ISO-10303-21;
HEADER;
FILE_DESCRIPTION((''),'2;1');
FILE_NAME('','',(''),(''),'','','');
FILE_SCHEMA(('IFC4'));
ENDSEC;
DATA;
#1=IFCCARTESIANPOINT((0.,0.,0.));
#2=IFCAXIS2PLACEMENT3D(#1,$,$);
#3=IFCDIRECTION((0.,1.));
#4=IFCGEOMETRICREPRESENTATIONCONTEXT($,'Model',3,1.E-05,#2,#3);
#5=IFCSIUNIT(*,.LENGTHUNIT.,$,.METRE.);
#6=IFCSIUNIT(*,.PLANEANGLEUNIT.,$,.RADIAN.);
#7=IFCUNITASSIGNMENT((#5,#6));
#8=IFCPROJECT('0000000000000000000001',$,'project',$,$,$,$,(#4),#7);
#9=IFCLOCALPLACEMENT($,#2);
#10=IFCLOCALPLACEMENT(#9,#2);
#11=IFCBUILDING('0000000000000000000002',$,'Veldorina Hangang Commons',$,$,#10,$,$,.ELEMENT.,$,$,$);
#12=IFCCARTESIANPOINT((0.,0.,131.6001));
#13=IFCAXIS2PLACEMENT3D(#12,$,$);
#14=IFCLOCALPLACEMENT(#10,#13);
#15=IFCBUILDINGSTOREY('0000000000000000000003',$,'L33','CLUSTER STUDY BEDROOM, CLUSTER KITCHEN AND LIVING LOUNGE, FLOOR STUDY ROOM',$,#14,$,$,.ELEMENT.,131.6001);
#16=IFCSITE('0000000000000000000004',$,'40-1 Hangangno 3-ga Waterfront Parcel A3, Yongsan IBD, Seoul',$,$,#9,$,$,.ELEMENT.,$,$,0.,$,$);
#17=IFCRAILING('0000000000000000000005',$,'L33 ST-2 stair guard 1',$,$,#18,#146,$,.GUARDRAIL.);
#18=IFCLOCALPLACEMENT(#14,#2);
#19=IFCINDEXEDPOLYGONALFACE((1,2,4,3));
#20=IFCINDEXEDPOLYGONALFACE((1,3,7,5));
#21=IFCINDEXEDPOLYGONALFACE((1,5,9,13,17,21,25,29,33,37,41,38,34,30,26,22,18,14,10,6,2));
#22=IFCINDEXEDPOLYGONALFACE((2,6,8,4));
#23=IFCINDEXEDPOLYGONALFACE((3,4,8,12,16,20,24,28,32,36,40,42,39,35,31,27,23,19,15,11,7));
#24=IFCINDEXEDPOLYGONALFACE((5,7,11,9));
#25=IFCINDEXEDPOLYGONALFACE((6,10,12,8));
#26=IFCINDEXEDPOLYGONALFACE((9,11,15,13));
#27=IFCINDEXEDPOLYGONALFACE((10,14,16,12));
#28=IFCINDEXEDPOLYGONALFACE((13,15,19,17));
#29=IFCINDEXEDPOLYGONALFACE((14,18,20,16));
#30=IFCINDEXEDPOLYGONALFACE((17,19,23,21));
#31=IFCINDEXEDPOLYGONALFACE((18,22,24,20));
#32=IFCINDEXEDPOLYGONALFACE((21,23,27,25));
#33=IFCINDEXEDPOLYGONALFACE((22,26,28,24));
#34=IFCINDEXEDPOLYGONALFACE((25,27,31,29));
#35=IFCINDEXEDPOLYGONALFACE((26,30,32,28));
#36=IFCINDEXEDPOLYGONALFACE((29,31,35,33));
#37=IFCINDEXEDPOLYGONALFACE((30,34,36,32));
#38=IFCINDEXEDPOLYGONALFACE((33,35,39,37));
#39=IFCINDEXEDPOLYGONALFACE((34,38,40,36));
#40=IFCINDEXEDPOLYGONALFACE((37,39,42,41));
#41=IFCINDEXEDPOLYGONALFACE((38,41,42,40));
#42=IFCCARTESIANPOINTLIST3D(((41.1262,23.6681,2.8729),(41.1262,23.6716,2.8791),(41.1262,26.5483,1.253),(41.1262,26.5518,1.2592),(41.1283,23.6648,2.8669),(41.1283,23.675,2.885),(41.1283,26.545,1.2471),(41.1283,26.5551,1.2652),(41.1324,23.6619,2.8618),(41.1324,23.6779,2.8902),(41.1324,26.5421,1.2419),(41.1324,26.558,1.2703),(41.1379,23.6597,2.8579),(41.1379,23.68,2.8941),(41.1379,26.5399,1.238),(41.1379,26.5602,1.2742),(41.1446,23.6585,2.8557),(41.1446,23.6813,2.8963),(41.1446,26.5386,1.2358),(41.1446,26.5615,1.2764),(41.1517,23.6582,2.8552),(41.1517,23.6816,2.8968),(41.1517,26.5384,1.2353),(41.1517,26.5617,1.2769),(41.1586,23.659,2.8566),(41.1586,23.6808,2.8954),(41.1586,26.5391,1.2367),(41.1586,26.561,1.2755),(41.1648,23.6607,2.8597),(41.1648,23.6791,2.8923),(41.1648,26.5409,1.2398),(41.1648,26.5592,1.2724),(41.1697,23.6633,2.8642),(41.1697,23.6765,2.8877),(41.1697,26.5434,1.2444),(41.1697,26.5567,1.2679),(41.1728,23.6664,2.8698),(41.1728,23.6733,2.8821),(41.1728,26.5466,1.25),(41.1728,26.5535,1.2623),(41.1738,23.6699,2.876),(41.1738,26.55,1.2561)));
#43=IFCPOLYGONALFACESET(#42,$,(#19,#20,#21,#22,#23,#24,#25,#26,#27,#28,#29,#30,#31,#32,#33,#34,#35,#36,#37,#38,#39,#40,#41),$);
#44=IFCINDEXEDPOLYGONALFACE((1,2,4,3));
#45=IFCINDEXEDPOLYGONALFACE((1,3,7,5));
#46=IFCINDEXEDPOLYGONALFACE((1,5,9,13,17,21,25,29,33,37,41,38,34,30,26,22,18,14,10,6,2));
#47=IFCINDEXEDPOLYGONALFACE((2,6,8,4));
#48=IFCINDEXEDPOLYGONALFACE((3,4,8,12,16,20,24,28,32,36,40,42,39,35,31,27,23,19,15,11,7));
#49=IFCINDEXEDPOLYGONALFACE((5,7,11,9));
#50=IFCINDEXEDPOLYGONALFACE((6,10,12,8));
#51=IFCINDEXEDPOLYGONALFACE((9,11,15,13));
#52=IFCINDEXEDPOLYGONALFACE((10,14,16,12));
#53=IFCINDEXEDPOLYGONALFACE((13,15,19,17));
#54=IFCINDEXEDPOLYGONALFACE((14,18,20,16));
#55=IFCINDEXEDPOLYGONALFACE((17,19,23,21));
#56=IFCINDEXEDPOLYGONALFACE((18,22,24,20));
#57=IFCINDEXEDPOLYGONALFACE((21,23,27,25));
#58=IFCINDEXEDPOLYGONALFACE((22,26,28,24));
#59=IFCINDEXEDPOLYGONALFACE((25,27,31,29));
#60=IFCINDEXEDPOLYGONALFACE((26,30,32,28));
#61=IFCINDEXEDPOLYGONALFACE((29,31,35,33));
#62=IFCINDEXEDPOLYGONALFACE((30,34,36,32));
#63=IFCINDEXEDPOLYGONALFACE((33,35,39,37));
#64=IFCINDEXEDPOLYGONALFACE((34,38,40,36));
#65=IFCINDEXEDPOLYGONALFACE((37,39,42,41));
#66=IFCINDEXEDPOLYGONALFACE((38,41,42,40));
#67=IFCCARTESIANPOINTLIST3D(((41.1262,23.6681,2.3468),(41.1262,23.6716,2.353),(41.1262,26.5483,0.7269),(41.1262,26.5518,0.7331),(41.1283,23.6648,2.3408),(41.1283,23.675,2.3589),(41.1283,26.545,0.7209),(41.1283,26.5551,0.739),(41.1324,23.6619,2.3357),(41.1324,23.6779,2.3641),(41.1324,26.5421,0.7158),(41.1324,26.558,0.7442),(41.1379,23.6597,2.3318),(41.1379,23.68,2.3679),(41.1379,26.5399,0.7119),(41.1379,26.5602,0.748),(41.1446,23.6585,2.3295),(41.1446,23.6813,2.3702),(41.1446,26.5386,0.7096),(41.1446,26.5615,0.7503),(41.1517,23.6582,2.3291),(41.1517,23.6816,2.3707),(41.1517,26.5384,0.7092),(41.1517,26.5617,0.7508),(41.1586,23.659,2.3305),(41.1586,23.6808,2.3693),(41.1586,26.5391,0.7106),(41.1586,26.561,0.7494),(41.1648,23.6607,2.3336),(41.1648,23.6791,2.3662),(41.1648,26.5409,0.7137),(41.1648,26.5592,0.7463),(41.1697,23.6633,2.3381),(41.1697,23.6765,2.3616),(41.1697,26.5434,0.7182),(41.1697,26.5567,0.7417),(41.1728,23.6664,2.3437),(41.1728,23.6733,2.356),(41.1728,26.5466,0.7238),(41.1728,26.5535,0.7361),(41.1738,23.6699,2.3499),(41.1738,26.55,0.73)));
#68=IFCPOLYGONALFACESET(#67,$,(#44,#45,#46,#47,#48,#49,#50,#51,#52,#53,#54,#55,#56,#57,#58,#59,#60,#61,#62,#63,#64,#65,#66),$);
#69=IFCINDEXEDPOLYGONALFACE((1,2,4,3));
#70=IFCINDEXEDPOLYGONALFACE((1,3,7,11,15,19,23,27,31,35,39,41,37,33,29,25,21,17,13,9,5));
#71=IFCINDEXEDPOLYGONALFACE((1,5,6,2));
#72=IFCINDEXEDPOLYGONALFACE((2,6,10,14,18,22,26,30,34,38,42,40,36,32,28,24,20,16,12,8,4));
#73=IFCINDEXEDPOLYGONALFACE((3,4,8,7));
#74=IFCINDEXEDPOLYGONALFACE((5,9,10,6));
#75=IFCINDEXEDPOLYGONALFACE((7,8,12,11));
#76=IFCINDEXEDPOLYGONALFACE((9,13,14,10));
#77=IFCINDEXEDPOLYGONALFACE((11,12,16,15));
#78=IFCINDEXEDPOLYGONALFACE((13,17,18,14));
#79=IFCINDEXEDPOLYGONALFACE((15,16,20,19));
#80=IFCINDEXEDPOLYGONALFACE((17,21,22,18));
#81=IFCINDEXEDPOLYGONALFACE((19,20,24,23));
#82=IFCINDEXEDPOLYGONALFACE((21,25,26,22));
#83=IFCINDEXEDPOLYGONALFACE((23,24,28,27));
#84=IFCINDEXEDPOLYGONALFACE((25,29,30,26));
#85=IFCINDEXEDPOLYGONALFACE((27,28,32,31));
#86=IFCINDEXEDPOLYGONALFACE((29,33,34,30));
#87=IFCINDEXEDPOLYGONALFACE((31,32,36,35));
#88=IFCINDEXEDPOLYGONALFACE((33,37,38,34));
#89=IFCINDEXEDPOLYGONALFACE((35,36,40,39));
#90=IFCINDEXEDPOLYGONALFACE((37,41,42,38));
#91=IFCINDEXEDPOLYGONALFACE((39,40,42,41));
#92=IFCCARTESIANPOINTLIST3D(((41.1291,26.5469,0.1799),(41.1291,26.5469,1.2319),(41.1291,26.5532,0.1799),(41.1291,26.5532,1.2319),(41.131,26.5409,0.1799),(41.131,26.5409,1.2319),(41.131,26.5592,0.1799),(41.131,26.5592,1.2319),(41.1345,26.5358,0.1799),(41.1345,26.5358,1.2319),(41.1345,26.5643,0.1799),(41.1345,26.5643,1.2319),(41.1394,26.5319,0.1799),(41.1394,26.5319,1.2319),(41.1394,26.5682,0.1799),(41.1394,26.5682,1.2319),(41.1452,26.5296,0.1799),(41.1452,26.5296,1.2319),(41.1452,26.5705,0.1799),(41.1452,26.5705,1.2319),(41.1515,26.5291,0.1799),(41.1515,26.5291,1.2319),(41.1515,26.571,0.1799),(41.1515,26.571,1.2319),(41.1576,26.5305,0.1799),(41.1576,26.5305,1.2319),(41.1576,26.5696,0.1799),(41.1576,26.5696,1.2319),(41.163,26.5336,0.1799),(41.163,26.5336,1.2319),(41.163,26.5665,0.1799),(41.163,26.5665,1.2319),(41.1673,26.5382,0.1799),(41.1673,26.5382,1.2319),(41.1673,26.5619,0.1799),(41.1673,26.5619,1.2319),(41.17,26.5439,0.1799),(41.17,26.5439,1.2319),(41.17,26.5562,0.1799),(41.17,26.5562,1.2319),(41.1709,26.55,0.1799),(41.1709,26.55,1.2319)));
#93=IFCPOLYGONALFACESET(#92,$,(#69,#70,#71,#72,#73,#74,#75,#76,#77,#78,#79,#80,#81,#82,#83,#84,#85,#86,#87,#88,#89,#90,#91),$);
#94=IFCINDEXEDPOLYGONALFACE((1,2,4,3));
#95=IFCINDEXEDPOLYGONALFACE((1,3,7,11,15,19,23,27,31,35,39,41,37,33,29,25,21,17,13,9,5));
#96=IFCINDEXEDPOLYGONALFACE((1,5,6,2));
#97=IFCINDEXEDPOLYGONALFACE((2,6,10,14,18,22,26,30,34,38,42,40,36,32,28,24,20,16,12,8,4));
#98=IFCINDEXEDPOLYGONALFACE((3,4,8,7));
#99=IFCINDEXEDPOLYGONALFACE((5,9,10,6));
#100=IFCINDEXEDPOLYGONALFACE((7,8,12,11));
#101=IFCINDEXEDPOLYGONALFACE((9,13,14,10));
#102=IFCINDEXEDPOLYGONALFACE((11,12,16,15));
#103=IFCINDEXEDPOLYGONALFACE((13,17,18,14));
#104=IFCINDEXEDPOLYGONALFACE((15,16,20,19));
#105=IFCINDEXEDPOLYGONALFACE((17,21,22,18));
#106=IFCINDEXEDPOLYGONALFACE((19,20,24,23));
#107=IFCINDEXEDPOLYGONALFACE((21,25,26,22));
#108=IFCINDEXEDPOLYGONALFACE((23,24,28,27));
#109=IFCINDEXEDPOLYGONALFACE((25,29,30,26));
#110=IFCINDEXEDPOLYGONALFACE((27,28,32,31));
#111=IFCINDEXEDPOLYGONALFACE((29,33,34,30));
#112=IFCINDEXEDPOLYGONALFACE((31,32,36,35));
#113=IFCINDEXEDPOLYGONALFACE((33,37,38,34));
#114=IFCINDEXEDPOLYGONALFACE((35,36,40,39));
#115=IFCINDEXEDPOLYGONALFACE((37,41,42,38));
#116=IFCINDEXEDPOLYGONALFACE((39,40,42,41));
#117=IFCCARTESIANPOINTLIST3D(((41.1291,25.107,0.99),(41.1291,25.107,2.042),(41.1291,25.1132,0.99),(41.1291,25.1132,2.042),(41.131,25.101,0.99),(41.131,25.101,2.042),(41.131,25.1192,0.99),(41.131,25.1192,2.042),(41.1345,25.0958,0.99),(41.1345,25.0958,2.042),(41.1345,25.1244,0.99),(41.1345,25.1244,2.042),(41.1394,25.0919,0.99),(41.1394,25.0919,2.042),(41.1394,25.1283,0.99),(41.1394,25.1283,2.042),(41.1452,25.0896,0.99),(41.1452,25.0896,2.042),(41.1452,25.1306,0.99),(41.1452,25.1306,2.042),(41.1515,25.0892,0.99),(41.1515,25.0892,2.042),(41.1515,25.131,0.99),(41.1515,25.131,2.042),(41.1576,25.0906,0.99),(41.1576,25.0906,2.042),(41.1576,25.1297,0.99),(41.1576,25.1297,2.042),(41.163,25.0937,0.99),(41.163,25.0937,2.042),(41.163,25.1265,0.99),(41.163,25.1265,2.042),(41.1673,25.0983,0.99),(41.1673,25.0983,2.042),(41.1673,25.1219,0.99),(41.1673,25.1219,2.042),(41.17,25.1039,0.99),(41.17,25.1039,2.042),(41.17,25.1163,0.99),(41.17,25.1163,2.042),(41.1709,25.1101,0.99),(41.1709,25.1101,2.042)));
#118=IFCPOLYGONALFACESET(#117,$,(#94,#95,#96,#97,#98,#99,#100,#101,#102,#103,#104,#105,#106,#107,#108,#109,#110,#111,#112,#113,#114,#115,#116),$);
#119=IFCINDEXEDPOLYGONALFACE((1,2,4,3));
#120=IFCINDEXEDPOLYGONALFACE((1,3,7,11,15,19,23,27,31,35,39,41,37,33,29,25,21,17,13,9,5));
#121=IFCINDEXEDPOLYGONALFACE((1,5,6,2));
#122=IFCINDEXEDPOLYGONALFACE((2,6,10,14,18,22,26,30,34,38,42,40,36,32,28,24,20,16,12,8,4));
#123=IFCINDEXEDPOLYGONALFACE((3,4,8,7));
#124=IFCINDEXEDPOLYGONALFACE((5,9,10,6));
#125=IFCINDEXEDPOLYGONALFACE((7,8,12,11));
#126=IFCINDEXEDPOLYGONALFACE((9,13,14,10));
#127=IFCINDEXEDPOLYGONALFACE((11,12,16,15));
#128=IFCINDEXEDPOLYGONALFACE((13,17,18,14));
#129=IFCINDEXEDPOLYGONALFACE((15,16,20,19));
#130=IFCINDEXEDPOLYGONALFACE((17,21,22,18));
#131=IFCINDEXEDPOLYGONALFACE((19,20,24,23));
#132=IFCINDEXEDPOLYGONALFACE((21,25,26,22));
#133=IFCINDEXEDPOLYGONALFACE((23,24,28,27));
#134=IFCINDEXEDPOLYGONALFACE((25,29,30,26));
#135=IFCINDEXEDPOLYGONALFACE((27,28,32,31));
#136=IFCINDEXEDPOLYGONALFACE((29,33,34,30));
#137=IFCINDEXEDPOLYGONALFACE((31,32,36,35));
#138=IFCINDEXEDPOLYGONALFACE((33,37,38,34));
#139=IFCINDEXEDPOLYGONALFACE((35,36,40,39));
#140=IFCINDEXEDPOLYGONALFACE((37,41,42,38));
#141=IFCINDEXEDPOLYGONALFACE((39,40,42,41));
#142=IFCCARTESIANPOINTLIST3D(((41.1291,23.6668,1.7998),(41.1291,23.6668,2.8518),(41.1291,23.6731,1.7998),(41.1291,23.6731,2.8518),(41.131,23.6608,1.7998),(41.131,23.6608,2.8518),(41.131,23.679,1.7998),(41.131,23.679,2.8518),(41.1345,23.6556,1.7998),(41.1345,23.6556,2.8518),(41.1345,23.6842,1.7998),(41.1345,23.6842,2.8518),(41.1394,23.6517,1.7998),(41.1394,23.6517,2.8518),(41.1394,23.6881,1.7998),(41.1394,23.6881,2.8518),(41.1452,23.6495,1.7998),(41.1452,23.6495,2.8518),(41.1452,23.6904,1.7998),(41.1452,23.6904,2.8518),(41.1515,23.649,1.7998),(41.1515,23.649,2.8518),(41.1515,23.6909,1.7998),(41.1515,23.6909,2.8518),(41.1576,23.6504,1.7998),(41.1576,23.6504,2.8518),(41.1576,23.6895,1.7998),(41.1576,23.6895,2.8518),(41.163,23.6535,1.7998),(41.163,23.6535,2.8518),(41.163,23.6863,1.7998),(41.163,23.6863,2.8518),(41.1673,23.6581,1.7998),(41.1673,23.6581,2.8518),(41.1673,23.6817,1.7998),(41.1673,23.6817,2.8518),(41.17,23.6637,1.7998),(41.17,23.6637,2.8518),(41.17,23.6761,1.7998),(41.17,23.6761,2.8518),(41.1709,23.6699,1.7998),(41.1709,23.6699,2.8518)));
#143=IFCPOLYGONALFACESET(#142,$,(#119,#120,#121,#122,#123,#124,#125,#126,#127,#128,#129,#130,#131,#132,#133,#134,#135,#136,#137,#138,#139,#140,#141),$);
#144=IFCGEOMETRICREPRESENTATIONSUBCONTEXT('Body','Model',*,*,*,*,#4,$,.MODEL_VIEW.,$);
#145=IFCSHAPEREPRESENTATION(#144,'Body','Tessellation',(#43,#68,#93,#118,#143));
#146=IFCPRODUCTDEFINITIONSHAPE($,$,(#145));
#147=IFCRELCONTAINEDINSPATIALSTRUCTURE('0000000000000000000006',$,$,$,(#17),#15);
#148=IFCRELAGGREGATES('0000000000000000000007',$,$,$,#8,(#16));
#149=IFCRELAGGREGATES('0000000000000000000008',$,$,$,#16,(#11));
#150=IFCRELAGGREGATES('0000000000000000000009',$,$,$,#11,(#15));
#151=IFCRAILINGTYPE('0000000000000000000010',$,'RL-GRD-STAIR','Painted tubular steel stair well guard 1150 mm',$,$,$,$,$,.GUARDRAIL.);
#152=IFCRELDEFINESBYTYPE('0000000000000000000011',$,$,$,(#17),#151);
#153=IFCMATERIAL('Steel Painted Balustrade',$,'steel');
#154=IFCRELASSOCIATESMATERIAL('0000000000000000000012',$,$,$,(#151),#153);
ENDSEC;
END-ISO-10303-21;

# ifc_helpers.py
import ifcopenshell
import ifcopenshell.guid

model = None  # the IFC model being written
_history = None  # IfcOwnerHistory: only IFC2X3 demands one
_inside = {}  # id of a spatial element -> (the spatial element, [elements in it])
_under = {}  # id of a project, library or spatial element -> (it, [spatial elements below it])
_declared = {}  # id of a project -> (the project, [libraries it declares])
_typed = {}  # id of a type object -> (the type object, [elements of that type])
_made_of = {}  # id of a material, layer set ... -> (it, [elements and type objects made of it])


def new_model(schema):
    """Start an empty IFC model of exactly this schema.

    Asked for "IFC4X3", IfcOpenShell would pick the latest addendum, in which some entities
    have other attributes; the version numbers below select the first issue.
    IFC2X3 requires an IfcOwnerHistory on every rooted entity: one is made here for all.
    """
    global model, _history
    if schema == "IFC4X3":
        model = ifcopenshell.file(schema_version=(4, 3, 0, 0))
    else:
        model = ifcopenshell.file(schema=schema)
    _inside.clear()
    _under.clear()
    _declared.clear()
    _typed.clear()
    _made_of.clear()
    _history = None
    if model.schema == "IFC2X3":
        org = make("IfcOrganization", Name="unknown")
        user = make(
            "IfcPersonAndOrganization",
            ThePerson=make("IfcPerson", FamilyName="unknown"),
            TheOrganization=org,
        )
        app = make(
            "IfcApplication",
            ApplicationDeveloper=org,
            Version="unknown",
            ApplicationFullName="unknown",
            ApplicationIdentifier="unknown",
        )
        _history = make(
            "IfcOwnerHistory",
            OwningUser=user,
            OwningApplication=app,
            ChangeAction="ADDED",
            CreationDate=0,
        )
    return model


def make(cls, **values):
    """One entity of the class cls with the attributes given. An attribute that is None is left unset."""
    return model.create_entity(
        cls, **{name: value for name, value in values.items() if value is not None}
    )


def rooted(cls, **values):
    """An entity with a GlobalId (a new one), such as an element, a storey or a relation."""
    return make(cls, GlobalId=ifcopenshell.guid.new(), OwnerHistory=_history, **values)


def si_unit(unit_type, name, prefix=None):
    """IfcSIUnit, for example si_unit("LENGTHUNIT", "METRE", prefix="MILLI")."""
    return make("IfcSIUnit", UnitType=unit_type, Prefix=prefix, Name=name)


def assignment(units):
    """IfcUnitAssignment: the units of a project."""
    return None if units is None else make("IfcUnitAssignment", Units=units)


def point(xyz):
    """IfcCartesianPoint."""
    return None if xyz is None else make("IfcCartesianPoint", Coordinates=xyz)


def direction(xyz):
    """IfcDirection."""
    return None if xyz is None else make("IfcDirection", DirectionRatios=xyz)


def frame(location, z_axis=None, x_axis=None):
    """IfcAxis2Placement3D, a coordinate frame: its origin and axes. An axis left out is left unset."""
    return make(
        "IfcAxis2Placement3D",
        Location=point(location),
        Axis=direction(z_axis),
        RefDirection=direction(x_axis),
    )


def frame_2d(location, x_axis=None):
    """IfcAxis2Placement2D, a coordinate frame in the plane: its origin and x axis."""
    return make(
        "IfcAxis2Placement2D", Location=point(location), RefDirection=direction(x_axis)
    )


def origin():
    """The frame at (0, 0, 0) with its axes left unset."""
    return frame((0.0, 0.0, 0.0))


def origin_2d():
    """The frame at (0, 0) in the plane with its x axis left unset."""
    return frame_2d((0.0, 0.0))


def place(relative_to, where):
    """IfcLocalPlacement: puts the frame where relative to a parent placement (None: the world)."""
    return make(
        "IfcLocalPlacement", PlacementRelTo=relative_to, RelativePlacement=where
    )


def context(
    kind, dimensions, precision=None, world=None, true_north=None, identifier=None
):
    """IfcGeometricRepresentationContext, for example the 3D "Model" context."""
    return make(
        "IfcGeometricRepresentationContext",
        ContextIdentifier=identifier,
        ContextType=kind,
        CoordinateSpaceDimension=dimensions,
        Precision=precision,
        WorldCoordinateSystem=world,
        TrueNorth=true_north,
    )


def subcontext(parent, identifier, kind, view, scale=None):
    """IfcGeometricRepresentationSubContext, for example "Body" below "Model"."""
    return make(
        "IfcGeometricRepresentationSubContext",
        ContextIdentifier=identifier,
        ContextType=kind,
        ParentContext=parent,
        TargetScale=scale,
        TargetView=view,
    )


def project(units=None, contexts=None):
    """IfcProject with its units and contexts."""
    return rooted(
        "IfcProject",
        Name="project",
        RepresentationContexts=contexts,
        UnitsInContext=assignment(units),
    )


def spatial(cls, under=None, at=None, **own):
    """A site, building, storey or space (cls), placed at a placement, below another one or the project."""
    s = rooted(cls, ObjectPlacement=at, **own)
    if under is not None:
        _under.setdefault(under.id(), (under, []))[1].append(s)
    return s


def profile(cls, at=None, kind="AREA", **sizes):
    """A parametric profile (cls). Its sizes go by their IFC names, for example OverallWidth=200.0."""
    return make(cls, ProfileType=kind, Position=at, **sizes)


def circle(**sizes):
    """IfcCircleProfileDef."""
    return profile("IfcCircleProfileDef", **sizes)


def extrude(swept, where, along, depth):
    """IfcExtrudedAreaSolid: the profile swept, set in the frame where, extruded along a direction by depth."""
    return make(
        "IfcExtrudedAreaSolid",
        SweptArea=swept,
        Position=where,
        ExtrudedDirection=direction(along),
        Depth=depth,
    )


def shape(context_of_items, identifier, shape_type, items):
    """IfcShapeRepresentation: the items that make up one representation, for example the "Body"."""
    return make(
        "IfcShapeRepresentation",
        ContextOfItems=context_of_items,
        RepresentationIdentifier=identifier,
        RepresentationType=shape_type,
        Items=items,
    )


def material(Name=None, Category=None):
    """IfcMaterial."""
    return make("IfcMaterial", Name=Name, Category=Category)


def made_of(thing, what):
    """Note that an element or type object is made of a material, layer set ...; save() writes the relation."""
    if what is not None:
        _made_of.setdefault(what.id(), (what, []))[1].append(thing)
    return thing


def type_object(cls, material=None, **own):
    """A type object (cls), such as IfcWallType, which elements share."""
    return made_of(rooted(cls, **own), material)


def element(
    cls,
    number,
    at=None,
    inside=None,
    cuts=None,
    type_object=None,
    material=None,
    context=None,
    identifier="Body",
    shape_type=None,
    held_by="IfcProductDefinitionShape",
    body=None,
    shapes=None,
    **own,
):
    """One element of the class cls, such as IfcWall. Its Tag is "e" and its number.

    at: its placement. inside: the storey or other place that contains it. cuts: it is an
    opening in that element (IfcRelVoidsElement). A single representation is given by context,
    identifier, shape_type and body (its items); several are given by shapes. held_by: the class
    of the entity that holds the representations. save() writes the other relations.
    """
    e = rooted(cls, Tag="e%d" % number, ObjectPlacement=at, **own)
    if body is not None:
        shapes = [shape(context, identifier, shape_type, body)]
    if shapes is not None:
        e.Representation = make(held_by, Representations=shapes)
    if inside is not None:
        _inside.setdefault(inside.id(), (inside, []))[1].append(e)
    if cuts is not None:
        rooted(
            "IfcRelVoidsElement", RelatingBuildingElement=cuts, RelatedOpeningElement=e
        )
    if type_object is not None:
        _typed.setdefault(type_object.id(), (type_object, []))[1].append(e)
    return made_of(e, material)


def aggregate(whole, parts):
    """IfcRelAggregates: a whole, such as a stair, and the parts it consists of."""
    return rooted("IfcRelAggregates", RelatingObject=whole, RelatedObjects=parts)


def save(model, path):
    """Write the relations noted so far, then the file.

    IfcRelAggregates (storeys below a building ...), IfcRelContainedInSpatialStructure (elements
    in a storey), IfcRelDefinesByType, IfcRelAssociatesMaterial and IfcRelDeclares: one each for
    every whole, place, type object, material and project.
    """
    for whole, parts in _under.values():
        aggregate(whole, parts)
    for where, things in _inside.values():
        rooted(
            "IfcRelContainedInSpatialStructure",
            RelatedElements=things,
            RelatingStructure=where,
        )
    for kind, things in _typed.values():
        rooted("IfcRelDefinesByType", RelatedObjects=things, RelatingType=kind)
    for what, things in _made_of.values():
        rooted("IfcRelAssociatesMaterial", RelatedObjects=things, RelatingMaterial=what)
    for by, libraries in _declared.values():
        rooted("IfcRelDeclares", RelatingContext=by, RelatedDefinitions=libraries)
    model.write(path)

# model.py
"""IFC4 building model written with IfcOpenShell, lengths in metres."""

from ifc_helpers import new_model, si_unit, direction, frame, origin, origin_2d, place, context, subcontext, project, spatial, circle, extrude, material, type_object, element, save


model = new_model("IFC4")

# Units and contexts
model_context = context("Model", 3, precision=1e-05, world=origin(), true_north=direction((0.0, 1.0)))
body_context = subcontext(model_context, "Body", "Model", "MODEL_VIEW")
ifc_project = project(units=[si_unit("LENGTHUNIT", "METRE"), si_unit("PLANEANGLEUNIT", "RADIAN")], contexts=[model_context])

# Site, building, storey
site_placement = place(None, origin())
site = spatial("IfcSite", under=ifc_project, at=site_placement, Name="40-1 Hangangno 3-ga Waterfront Parcel A3, Yongsan IBD, Seoul", CompositionType="ELEMENT", RefElevation=0.0)
building_placement = place(site_placement, origin())
building = spatial("IfcBuilding", under=site, at=building_placement, Name="Veldorina Hangang Commons", CompositionType="ELEMENT")
storey_placement = place(building_placement, frame((0.0, 0.0, 131.6001)))
storey = spatial("IfcBuildingStorey", under=building, at=storey_placement, Name="L33", Description="CLUSTER STUDY BEDROOM, CLUSTER KITCHEN AND LIVING LOUNGE, FLOOR STUDY ROOM", CompositionType="ELEMENT", Elevation=131.6001)

# Railing
ifc_material_1 = material(Name="Steel Painted Balustrade", Category="steel")
railing_type_1 = type_object("IfcRailingType", Name="RL-GRD-STAIR", Description="Painted tubular steel stair well guard 1150 mm", PredefinedType="GUARDRAIL", material=ifc_material_1)
railing_1_placement = place(storey_placement, frame((41.1499, 26.55, 0.1799)))
element("IfcRailing", 1, at=railing_1_placement, inside=storey, type_object=railing_type_1, Name="L33 ST-2 stair guard 1", PredefinedType="GUARDRAIL", context=body_context, shape_type="SweptSolid", body=[
    extrude(circle(Radius=0.0239, at=origin_2d()), frame((0.0, 0.0, 1.0762), z_axis=(0.0, -0.871601, 0.490216), x_axis=(1.0, 0.0, 0.0)), (0.0, 0.0, 1.0), 3.3044),
    extrude(circle(Radius=0.0239, at=origin_2d()), frame((0.0, 0.0, 0.55), z_axis=(0.0, -0.871601, 0.490216), x_axis=(1.0, 0.0, 0.0)), (0.0, 0.0, 1.0), 3.3044),
    extrude(circle(Radius=0.021, at=origin_2d()), origin(), (0.0, 0.0, 1.0), 1.052),
    extrude(circle(Radius=0.021, at=origin_2d()), frame((0.0, -1.4399, 0.8101)), (0.0, 0.0, 1.0), 1.052),
    extrude(circle(Radius=0.021, at=origin_2d()), frame((0.0, -2.8801, 1.6199)), (0.0, 0.0, 1.0), 1.052),
])

save(model, "model.ifc")
